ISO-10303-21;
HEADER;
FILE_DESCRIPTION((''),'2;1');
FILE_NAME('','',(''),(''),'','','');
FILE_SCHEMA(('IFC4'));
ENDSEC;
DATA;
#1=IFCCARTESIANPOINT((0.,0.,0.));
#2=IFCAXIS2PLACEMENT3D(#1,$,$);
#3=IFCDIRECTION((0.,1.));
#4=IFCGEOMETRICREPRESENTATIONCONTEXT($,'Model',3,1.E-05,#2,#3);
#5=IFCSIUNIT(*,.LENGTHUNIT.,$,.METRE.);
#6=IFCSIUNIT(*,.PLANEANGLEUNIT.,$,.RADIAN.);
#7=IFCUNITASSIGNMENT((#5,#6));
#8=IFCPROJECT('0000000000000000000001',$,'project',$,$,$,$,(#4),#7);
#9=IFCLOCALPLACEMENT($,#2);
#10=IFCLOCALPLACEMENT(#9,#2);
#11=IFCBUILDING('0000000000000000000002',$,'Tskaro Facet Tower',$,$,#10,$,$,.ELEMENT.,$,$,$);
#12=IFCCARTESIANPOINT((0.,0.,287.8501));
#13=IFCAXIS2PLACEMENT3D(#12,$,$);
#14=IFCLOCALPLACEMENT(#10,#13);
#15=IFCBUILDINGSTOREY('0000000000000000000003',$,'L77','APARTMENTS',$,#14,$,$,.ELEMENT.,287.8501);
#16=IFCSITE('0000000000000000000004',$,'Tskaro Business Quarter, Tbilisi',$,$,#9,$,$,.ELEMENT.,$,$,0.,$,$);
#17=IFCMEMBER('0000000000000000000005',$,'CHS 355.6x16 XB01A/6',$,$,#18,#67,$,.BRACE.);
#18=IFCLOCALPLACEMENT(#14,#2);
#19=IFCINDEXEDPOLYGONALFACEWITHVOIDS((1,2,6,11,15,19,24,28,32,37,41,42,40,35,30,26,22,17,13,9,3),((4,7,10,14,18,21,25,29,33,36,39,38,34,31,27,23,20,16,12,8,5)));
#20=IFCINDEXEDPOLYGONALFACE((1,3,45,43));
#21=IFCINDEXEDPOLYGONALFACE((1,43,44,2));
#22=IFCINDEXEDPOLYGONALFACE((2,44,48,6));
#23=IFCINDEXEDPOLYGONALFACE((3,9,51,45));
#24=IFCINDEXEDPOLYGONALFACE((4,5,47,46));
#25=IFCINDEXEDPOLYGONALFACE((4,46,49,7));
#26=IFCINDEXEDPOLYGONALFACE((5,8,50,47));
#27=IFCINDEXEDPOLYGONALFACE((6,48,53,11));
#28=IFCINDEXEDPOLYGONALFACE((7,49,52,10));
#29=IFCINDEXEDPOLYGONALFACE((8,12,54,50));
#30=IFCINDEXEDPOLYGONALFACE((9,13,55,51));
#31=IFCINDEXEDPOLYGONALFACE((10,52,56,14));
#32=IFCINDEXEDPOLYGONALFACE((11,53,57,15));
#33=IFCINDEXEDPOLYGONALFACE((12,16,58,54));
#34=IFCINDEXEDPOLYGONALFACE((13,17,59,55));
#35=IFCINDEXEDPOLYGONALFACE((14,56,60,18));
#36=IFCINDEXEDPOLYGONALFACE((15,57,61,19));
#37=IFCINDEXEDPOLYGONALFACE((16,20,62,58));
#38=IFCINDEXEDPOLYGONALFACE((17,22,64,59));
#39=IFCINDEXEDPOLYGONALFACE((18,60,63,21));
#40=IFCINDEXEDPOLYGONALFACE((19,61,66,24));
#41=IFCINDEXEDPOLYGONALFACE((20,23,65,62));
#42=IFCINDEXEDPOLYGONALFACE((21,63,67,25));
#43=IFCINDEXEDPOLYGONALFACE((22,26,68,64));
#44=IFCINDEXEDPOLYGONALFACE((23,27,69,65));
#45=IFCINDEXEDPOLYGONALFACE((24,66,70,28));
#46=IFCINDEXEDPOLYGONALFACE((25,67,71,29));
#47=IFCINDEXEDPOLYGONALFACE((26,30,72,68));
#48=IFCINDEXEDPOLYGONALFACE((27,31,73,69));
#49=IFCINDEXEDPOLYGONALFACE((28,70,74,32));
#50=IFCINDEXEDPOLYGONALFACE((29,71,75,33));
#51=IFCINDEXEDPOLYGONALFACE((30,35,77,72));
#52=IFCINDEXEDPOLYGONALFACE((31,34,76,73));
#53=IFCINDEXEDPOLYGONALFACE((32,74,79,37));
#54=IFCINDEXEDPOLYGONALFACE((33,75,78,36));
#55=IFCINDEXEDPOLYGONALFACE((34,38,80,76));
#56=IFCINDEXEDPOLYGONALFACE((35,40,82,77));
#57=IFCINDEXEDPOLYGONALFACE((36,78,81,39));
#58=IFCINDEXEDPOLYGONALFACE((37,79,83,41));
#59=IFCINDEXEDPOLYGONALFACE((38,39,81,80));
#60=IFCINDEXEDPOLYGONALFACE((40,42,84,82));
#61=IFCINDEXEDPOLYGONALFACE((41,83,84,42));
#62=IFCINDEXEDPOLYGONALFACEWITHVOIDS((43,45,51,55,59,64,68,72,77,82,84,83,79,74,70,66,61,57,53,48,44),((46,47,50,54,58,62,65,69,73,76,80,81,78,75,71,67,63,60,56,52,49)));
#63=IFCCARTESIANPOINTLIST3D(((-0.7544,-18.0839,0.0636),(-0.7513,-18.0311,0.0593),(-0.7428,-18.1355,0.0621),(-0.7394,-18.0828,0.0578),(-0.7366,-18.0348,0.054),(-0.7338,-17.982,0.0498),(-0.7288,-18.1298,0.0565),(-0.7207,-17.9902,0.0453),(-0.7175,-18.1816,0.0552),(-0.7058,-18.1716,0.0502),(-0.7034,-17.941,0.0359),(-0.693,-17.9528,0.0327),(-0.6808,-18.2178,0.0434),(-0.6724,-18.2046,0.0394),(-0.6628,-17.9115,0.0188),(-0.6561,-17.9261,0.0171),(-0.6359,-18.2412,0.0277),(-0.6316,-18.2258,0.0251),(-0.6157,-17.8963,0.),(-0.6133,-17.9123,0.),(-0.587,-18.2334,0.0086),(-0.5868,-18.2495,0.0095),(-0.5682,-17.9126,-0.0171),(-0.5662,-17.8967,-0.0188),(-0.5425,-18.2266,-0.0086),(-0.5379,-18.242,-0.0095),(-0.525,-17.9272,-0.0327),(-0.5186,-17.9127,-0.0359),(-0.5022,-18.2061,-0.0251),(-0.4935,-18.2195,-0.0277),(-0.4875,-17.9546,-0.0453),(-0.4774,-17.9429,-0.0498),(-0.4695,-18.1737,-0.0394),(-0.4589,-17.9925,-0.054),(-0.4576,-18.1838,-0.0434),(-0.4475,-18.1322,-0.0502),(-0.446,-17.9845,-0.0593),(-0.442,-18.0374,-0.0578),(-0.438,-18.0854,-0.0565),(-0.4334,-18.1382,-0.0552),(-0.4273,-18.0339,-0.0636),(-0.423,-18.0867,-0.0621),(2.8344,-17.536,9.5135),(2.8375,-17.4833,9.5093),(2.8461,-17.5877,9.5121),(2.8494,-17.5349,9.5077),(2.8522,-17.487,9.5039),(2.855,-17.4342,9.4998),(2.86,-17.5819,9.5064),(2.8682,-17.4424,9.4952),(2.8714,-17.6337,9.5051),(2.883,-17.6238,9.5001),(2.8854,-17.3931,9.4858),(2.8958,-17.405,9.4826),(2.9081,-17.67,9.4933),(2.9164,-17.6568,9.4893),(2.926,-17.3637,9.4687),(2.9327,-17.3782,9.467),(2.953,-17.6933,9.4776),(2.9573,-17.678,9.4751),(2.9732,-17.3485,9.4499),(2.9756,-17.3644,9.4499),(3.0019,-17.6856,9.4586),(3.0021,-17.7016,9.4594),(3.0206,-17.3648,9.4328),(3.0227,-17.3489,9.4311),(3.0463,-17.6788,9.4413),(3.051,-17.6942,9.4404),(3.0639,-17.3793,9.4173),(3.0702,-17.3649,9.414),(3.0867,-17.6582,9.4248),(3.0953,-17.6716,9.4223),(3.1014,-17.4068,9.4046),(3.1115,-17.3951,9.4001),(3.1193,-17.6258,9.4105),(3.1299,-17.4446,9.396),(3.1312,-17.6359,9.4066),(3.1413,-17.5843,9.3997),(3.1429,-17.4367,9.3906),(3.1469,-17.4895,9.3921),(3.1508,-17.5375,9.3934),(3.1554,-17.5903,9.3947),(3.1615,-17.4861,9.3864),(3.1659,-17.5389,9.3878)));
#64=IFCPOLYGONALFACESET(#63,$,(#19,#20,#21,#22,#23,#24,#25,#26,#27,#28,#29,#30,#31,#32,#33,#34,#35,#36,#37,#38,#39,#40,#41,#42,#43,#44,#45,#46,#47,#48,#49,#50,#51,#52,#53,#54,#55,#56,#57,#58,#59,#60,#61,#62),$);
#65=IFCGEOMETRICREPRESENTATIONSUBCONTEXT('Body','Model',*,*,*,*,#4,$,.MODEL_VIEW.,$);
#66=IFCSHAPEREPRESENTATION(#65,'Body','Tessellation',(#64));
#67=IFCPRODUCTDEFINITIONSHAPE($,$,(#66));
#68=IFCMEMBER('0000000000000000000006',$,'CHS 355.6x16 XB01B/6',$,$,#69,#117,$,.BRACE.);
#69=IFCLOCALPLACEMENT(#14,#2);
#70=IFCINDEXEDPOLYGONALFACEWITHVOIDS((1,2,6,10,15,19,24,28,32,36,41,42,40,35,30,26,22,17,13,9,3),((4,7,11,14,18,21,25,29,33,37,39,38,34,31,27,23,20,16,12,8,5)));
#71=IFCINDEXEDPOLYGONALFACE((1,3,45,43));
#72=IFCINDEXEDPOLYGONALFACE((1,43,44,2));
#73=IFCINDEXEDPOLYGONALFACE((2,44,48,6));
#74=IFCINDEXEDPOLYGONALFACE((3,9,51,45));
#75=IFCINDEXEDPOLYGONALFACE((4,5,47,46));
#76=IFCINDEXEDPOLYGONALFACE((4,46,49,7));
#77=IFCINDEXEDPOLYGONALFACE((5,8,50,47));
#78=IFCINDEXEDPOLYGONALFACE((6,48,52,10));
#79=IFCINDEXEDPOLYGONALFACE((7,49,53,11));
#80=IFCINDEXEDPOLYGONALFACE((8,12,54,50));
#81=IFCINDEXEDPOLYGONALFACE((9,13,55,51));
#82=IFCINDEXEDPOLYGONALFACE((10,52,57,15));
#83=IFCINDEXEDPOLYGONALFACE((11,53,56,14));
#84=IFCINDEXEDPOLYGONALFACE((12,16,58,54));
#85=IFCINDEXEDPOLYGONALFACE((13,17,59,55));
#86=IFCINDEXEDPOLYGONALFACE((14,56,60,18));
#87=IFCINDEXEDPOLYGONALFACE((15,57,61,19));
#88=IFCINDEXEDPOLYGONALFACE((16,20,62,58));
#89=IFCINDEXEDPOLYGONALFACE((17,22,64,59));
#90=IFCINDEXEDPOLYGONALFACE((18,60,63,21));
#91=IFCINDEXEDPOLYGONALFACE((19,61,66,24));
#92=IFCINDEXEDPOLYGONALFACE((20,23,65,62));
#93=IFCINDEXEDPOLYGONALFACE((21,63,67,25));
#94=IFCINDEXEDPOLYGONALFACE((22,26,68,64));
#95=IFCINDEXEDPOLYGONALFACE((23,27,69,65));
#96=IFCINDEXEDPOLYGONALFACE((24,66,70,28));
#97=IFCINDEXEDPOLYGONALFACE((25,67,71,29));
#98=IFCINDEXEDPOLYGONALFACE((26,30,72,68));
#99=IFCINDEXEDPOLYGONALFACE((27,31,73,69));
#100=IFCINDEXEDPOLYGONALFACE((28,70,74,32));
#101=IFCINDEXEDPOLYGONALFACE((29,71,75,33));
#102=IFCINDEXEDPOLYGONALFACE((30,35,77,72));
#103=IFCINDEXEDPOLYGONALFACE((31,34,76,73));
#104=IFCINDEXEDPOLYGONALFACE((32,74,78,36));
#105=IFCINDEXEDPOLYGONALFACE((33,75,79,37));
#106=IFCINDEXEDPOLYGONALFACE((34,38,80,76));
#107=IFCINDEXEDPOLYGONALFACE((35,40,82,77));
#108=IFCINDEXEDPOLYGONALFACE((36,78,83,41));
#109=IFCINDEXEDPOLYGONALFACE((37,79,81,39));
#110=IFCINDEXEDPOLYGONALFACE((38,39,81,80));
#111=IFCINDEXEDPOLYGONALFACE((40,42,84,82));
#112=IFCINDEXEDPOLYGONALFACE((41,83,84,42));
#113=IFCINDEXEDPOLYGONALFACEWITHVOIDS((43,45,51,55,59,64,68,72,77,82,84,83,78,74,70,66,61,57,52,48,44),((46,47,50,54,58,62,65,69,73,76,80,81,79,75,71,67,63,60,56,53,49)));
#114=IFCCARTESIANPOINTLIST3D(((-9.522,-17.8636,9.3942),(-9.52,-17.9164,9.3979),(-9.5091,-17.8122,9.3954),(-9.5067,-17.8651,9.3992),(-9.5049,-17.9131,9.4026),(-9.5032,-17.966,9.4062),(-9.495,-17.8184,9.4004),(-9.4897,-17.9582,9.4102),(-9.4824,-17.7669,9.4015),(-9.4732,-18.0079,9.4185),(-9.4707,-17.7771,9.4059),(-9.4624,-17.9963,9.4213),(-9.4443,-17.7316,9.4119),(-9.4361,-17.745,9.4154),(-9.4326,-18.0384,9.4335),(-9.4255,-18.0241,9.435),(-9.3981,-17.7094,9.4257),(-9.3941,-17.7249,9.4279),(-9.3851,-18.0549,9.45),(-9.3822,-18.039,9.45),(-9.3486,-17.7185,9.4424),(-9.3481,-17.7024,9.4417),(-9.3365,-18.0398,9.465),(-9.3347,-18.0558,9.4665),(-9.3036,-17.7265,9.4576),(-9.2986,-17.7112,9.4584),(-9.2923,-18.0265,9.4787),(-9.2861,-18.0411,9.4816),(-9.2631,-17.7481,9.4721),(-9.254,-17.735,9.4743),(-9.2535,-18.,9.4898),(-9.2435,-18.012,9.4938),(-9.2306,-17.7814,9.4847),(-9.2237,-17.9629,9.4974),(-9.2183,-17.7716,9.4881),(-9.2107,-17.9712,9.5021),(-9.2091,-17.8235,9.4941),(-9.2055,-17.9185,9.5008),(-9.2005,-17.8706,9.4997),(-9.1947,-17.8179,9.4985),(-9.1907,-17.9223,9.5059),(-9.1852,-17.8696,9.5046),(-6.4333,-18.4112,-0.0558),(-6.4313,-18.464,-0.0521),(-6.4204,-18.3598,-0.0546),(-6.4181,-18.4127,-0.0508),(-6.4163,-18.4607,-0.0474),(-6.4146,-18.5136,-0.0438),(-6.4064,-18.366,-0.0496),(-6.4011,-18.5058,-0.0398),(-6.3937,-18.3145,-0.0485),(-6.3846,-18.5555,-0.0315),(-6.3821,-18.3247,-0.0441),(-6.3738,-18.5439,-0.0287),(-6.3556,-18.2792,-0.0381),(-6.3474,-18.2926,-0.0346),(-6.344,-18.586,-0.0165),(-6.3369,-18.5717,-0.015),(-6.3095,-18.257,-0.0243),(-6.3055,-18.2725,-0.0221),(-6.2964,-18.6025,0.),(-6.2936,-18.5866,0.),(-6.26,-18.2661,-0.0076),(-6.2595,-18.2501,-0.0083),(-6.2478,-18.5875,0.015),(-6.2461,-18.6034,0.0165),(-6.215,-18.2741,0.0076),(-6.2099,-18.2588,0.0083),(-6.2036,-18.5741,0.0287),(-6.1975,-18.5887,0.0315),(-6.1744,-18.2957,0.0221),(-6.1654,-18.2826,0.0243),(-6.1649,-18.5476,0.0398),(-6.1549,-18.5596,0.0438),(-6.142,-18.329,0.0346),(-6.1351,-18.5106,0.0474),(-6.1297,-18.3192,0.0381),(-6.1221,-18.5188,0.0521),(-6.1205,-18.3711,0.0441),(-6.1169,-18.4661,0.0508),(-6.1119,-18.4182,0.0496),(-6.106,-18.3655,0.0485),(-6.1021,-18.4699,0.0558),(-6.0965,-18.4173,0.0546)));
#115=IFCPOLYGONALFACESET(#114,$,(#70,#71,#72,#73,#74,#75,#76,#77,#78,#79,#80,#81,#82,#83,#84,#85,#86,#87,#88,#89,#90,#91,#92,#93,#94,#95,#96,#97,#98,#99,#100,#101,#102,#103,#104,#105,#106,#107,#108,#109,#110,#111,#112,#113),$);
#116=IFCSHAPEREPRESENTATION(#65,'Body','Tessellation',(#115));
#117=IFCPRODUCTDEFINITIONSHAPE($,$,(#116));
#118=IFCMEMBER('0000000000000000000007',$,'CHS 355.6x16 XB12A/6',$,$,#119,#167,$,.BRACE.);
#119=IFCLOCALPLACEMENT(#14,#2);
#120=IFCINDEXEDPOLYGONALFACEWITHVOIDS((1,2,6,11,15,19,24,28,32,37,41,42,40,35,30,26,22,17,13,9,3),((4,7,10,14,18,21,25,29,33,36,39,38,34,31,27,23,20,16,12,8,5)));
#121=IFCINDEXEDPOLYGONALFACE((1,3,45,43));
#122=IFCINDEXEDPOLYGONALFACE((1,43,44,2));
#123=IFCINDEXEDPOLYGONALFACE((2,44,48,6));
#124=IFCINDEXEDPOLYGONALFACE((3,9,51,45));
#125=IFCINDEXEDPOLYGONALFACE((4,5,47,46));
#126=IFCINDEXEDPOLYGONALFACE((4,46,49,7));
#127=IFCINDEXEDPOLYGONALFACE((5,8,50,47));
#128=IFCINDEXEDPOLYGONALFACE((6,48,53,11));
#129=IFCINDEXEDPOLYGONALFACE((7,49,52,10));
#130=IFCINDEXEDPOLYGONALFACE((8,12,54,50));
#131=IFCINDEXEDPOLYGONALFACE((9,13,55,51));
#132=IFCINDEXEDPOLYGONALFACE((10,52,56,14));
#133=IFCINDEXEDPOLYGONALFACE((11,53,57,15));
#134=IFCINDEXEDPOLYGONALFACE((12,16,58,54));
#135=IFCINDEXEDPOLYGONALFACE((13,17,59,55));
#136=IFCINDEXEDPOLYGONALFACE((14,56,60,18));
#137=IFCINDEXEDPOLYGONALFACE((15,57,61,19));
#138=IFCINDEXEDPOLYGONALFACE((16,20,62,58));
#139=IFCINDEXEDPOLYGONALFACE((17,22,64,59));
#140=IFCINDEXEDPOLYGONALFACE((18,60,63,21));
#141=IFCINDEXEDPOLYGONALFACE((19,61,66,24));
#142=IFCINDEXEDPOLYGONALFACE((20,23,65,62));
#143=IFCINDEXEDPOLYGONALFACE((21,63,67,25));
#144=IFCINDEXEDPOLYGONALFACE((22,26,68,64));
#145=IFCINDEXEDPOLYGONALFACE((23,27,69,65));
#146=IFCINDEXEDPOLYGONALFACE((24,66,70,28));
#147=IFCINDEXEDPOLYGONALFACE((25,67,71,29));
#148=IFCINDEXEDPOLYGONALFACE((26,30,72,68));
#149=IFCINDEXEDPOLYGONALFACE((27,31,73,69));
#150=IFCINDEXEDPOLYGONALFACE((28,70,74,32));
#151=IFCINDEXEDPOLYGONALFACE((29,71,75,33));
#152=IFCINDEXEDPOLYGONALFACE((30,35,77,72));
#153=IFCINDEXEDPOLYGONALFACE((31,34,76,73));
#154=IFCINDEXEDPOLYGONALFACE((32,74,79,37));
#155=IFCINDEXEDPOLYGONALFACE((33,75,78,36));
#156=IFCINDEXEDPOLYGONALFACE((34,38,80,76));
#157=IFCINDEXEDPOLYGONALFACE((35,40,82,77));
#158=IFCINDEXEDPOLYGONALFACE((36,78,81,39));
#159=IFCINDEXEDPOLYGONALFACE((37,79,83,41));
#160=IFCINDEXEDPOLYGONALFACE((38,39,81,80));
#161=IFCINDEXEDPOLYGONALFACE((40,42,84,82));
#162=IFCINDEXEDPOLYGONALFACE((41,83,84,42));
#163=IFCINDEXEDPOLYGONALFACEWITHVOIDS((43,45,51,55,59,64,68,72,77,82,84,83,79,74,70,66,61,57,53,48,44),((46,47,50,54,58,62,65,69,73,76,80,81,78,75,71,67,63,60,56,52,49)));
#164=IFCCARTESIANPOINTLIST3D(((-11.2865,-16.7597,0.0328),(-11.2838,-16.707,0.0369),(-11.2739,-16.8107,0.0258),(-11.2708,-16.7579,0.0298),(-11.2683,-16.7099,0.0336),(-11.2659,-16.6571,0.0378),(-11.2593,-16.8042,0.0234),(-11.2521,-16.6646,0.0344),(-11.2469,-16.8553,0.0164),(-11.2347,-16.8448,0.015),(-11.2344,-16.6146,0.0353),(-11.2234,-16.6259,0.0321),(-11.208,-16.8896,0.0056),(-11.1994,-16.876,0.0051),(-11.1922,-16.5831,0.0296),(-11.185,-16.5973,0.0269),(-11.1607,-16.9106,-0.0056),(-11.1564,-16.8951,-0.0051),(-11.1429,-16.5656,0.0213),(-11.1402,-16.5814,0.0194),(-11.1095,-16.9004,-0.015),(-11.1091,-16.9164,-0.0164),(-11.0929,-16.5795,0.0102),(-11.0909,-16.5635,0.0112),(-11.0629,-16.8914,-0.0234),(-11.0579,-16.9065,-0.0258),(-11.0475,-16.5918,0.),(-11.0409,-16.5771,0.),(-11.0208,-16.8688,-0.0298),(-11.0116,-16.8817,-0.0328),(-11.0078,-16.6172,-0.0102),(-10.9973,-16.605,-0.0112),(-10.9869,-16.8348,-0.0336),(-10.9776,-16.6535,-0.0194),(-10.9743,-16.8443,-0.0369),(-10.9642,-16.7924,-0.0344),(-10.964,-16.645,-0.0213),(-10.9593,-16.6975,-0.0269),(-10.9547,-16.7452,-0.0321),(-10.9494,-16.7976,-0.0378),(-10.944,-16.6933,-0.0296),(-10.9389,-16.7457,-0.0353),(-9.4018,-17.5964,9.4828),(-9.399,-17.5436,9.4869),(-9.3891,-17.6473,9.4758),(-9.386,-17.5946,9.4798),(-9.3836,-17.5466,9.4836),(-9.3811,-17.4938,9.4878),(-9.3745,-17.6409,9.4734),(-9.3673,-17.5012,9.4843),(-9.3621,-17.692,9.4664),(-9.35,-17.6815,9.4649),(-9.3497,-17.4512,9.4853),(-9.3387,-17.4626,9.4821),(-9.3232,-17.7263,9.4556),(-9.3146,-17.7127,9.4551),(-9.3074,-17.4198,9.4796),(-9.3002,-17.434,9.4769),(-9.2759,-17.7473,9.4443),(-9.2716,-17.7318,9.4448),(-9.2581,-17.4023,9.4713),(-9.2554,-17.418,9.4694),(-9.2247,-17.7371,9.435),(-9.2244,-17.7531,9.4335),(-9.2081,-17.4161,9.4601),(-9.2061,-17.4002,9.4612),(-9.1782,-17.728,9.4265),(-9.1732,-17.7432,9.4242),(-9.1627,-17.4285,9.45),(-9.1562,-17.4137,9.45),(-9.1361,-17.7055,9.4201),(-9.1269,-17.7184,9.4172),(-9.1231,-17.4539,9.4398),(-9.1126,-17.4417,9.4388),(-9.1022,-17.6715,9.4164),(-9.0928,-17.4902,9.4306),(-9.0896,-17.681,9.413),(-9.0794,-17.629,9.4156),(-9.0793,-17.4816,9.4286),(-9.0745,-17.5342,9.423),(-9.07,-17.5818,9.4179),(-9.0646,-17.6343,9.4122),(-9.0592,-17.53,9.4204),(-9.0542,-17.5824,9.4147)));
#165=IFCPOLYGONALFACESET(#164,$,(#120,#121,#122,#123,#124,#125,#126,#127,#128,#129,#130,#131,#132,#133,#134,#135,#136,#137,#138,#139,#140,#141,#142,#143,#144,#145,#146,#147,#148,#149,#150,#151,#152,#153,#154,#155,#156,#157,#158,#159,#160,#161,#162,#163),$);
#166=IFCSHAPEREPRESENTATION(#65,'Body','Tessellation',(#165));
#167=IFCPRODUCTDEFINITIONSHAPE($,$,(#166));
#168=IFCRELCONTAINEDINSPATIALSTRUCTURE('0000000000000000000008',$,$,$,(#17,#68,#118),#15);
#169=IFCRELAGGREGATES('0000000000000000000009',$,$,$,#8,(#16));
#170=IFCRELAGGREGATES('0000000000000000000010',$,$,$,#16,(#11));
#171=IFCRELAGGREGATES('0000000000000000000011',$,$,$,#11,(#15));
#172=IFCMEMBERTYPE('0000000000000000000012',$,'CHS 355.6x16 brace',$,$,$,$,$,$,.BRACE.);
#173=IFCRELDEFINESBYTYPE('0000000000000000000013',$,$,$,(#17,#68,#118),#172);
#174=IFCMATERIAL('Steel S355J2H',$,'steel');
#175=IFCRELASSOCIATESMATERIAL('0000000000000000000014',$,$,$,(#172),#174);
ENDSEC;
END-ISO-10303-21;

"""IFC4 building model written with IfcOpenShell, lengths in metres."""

from ifc_helpers import new_model, si_unit, direction, frame, origin, origin_2d, place, context, subcontext, project, spatial, hollow_circle, extrude, material, material_profile, profile_set, type_object, element, save


model = new_model("IFC4")

# Units and contexts
model_context = context("Model", 3, precision=1e-05, world=origin(), true_north=direction((0.0, 1.0)))
body_context = subcontext(model_context, "Body", "Model", "MODEL_VIEW")
ifc_project = project(units=[si_unit("LENGTHUNIT", "METRE"), si_unit("PLANEANGLEUNIT", "RADIAN")], contexts=[model_context])

# Site, building, storey
site_placement = place(None, origin())
site = spatial("IfcSite", under=ifc_project, at=site_placement, Name="Tskaro Business Quarter, Tbilisi", CompositionType="ELEMENT", RefElevation=0.0)
building_placement = place(site_placement, origin())
building = spatial("IfcBuilding", under=site, at=building_placement, Name="Tskaro Facet Tower", CompositionType="ELEMENT")
storey_placement = place(building_placement, frame((0.0, 0.0, 287.8501)))
storey = spatial("IfcBuildingStorey", under=building, at=storey_placement, Name="L77", Description="APARTMENTS", CompositionType="ELEMENT", Elevation=287.8501)

# Shared definitions
ifc_material_1 = material(Name="Steel S355J2H", Category="steel")

# Members
ifc_material_profile_1 = material_profile(ifc_material_1, hollow_circle(Radius=0.1777, WallThickness=0.0161, at=origin_2d()), Name="CHS 355.6x16")
ifc_profile_set_1 = profile_set([ifc_material_profile_1], Name="Steel S355J2H")
member_type_1 = type_object("IfcMemberType", Name="CHS 355.6x16 brace", PredefinedType="BRACE", material=ifc_profile_set_1)
member_1_placement = place(storey_placement, frame((-0.5889, -18.072, 0.0), z_axis=(0.354515, 0.054118, 0.933483), x_axis=(-0.150905, 0.988548, 0.0)))
element("IfcMember", 1, at=member_1_placement, inside=storey, type_object=member_type_1, Name="CHS 355.6x16 XB01A/6", PredefinedType="BRACE", context=body_context, shape_type="SweptSolid", body=[
    extrude(hollow_circle(Radius=0.1777, WallThickness=0.0161, at=origin_2d()), origin(), (0.0, 0.0, 1.0), 10.1233),
])
member_2_placement = place(storey_placement, frame((-6.2654, -18.4275, 0.0), z_axis=(-0.310197, 0.054997, 0.94908), x_axis=(-0.174576, -0.984644, 0.0)))
element("IfcMember", 2, at=member_2_placement, inside=storey, type_object=member_type_1, Name="CHS 355.6x16 XB01B/6", PredefinedType="BRACE", context=body_context, shape_type="SweptSolid", body=[
    extrude(hollow_circle(Radius=0.1777, WallThickness=0.0161, at=origin_2d()), origin(), (0.0, 0.0, 1.0), 9.957),
])
for number, where, z_axis, x_axis, name in (
    (3, (-11.113, -16.7395, 0.0), (0.194862, -0.086501, 0.977009), (0.405732, 0.913992, 0.0), "CHS 355.6x16 XB12A/6"),
):
    element("IfcMember", number, at=place(storey_placement, frame(where, z_axis=z_axis, x_axis=x_axis)), inside=storey, type_object=member_type_1, Name=name, PredefinedType="BRACE", context=body_context, shape_type="SweptSolid", body=[
        extrude(hollow_circle(Radius=0.1777, WallThickness=0.0161, at=origin_2d()), origin(), (0.0, 0.0, 1.0), 9.6724),
    ])

save(model, "model.ifc")
